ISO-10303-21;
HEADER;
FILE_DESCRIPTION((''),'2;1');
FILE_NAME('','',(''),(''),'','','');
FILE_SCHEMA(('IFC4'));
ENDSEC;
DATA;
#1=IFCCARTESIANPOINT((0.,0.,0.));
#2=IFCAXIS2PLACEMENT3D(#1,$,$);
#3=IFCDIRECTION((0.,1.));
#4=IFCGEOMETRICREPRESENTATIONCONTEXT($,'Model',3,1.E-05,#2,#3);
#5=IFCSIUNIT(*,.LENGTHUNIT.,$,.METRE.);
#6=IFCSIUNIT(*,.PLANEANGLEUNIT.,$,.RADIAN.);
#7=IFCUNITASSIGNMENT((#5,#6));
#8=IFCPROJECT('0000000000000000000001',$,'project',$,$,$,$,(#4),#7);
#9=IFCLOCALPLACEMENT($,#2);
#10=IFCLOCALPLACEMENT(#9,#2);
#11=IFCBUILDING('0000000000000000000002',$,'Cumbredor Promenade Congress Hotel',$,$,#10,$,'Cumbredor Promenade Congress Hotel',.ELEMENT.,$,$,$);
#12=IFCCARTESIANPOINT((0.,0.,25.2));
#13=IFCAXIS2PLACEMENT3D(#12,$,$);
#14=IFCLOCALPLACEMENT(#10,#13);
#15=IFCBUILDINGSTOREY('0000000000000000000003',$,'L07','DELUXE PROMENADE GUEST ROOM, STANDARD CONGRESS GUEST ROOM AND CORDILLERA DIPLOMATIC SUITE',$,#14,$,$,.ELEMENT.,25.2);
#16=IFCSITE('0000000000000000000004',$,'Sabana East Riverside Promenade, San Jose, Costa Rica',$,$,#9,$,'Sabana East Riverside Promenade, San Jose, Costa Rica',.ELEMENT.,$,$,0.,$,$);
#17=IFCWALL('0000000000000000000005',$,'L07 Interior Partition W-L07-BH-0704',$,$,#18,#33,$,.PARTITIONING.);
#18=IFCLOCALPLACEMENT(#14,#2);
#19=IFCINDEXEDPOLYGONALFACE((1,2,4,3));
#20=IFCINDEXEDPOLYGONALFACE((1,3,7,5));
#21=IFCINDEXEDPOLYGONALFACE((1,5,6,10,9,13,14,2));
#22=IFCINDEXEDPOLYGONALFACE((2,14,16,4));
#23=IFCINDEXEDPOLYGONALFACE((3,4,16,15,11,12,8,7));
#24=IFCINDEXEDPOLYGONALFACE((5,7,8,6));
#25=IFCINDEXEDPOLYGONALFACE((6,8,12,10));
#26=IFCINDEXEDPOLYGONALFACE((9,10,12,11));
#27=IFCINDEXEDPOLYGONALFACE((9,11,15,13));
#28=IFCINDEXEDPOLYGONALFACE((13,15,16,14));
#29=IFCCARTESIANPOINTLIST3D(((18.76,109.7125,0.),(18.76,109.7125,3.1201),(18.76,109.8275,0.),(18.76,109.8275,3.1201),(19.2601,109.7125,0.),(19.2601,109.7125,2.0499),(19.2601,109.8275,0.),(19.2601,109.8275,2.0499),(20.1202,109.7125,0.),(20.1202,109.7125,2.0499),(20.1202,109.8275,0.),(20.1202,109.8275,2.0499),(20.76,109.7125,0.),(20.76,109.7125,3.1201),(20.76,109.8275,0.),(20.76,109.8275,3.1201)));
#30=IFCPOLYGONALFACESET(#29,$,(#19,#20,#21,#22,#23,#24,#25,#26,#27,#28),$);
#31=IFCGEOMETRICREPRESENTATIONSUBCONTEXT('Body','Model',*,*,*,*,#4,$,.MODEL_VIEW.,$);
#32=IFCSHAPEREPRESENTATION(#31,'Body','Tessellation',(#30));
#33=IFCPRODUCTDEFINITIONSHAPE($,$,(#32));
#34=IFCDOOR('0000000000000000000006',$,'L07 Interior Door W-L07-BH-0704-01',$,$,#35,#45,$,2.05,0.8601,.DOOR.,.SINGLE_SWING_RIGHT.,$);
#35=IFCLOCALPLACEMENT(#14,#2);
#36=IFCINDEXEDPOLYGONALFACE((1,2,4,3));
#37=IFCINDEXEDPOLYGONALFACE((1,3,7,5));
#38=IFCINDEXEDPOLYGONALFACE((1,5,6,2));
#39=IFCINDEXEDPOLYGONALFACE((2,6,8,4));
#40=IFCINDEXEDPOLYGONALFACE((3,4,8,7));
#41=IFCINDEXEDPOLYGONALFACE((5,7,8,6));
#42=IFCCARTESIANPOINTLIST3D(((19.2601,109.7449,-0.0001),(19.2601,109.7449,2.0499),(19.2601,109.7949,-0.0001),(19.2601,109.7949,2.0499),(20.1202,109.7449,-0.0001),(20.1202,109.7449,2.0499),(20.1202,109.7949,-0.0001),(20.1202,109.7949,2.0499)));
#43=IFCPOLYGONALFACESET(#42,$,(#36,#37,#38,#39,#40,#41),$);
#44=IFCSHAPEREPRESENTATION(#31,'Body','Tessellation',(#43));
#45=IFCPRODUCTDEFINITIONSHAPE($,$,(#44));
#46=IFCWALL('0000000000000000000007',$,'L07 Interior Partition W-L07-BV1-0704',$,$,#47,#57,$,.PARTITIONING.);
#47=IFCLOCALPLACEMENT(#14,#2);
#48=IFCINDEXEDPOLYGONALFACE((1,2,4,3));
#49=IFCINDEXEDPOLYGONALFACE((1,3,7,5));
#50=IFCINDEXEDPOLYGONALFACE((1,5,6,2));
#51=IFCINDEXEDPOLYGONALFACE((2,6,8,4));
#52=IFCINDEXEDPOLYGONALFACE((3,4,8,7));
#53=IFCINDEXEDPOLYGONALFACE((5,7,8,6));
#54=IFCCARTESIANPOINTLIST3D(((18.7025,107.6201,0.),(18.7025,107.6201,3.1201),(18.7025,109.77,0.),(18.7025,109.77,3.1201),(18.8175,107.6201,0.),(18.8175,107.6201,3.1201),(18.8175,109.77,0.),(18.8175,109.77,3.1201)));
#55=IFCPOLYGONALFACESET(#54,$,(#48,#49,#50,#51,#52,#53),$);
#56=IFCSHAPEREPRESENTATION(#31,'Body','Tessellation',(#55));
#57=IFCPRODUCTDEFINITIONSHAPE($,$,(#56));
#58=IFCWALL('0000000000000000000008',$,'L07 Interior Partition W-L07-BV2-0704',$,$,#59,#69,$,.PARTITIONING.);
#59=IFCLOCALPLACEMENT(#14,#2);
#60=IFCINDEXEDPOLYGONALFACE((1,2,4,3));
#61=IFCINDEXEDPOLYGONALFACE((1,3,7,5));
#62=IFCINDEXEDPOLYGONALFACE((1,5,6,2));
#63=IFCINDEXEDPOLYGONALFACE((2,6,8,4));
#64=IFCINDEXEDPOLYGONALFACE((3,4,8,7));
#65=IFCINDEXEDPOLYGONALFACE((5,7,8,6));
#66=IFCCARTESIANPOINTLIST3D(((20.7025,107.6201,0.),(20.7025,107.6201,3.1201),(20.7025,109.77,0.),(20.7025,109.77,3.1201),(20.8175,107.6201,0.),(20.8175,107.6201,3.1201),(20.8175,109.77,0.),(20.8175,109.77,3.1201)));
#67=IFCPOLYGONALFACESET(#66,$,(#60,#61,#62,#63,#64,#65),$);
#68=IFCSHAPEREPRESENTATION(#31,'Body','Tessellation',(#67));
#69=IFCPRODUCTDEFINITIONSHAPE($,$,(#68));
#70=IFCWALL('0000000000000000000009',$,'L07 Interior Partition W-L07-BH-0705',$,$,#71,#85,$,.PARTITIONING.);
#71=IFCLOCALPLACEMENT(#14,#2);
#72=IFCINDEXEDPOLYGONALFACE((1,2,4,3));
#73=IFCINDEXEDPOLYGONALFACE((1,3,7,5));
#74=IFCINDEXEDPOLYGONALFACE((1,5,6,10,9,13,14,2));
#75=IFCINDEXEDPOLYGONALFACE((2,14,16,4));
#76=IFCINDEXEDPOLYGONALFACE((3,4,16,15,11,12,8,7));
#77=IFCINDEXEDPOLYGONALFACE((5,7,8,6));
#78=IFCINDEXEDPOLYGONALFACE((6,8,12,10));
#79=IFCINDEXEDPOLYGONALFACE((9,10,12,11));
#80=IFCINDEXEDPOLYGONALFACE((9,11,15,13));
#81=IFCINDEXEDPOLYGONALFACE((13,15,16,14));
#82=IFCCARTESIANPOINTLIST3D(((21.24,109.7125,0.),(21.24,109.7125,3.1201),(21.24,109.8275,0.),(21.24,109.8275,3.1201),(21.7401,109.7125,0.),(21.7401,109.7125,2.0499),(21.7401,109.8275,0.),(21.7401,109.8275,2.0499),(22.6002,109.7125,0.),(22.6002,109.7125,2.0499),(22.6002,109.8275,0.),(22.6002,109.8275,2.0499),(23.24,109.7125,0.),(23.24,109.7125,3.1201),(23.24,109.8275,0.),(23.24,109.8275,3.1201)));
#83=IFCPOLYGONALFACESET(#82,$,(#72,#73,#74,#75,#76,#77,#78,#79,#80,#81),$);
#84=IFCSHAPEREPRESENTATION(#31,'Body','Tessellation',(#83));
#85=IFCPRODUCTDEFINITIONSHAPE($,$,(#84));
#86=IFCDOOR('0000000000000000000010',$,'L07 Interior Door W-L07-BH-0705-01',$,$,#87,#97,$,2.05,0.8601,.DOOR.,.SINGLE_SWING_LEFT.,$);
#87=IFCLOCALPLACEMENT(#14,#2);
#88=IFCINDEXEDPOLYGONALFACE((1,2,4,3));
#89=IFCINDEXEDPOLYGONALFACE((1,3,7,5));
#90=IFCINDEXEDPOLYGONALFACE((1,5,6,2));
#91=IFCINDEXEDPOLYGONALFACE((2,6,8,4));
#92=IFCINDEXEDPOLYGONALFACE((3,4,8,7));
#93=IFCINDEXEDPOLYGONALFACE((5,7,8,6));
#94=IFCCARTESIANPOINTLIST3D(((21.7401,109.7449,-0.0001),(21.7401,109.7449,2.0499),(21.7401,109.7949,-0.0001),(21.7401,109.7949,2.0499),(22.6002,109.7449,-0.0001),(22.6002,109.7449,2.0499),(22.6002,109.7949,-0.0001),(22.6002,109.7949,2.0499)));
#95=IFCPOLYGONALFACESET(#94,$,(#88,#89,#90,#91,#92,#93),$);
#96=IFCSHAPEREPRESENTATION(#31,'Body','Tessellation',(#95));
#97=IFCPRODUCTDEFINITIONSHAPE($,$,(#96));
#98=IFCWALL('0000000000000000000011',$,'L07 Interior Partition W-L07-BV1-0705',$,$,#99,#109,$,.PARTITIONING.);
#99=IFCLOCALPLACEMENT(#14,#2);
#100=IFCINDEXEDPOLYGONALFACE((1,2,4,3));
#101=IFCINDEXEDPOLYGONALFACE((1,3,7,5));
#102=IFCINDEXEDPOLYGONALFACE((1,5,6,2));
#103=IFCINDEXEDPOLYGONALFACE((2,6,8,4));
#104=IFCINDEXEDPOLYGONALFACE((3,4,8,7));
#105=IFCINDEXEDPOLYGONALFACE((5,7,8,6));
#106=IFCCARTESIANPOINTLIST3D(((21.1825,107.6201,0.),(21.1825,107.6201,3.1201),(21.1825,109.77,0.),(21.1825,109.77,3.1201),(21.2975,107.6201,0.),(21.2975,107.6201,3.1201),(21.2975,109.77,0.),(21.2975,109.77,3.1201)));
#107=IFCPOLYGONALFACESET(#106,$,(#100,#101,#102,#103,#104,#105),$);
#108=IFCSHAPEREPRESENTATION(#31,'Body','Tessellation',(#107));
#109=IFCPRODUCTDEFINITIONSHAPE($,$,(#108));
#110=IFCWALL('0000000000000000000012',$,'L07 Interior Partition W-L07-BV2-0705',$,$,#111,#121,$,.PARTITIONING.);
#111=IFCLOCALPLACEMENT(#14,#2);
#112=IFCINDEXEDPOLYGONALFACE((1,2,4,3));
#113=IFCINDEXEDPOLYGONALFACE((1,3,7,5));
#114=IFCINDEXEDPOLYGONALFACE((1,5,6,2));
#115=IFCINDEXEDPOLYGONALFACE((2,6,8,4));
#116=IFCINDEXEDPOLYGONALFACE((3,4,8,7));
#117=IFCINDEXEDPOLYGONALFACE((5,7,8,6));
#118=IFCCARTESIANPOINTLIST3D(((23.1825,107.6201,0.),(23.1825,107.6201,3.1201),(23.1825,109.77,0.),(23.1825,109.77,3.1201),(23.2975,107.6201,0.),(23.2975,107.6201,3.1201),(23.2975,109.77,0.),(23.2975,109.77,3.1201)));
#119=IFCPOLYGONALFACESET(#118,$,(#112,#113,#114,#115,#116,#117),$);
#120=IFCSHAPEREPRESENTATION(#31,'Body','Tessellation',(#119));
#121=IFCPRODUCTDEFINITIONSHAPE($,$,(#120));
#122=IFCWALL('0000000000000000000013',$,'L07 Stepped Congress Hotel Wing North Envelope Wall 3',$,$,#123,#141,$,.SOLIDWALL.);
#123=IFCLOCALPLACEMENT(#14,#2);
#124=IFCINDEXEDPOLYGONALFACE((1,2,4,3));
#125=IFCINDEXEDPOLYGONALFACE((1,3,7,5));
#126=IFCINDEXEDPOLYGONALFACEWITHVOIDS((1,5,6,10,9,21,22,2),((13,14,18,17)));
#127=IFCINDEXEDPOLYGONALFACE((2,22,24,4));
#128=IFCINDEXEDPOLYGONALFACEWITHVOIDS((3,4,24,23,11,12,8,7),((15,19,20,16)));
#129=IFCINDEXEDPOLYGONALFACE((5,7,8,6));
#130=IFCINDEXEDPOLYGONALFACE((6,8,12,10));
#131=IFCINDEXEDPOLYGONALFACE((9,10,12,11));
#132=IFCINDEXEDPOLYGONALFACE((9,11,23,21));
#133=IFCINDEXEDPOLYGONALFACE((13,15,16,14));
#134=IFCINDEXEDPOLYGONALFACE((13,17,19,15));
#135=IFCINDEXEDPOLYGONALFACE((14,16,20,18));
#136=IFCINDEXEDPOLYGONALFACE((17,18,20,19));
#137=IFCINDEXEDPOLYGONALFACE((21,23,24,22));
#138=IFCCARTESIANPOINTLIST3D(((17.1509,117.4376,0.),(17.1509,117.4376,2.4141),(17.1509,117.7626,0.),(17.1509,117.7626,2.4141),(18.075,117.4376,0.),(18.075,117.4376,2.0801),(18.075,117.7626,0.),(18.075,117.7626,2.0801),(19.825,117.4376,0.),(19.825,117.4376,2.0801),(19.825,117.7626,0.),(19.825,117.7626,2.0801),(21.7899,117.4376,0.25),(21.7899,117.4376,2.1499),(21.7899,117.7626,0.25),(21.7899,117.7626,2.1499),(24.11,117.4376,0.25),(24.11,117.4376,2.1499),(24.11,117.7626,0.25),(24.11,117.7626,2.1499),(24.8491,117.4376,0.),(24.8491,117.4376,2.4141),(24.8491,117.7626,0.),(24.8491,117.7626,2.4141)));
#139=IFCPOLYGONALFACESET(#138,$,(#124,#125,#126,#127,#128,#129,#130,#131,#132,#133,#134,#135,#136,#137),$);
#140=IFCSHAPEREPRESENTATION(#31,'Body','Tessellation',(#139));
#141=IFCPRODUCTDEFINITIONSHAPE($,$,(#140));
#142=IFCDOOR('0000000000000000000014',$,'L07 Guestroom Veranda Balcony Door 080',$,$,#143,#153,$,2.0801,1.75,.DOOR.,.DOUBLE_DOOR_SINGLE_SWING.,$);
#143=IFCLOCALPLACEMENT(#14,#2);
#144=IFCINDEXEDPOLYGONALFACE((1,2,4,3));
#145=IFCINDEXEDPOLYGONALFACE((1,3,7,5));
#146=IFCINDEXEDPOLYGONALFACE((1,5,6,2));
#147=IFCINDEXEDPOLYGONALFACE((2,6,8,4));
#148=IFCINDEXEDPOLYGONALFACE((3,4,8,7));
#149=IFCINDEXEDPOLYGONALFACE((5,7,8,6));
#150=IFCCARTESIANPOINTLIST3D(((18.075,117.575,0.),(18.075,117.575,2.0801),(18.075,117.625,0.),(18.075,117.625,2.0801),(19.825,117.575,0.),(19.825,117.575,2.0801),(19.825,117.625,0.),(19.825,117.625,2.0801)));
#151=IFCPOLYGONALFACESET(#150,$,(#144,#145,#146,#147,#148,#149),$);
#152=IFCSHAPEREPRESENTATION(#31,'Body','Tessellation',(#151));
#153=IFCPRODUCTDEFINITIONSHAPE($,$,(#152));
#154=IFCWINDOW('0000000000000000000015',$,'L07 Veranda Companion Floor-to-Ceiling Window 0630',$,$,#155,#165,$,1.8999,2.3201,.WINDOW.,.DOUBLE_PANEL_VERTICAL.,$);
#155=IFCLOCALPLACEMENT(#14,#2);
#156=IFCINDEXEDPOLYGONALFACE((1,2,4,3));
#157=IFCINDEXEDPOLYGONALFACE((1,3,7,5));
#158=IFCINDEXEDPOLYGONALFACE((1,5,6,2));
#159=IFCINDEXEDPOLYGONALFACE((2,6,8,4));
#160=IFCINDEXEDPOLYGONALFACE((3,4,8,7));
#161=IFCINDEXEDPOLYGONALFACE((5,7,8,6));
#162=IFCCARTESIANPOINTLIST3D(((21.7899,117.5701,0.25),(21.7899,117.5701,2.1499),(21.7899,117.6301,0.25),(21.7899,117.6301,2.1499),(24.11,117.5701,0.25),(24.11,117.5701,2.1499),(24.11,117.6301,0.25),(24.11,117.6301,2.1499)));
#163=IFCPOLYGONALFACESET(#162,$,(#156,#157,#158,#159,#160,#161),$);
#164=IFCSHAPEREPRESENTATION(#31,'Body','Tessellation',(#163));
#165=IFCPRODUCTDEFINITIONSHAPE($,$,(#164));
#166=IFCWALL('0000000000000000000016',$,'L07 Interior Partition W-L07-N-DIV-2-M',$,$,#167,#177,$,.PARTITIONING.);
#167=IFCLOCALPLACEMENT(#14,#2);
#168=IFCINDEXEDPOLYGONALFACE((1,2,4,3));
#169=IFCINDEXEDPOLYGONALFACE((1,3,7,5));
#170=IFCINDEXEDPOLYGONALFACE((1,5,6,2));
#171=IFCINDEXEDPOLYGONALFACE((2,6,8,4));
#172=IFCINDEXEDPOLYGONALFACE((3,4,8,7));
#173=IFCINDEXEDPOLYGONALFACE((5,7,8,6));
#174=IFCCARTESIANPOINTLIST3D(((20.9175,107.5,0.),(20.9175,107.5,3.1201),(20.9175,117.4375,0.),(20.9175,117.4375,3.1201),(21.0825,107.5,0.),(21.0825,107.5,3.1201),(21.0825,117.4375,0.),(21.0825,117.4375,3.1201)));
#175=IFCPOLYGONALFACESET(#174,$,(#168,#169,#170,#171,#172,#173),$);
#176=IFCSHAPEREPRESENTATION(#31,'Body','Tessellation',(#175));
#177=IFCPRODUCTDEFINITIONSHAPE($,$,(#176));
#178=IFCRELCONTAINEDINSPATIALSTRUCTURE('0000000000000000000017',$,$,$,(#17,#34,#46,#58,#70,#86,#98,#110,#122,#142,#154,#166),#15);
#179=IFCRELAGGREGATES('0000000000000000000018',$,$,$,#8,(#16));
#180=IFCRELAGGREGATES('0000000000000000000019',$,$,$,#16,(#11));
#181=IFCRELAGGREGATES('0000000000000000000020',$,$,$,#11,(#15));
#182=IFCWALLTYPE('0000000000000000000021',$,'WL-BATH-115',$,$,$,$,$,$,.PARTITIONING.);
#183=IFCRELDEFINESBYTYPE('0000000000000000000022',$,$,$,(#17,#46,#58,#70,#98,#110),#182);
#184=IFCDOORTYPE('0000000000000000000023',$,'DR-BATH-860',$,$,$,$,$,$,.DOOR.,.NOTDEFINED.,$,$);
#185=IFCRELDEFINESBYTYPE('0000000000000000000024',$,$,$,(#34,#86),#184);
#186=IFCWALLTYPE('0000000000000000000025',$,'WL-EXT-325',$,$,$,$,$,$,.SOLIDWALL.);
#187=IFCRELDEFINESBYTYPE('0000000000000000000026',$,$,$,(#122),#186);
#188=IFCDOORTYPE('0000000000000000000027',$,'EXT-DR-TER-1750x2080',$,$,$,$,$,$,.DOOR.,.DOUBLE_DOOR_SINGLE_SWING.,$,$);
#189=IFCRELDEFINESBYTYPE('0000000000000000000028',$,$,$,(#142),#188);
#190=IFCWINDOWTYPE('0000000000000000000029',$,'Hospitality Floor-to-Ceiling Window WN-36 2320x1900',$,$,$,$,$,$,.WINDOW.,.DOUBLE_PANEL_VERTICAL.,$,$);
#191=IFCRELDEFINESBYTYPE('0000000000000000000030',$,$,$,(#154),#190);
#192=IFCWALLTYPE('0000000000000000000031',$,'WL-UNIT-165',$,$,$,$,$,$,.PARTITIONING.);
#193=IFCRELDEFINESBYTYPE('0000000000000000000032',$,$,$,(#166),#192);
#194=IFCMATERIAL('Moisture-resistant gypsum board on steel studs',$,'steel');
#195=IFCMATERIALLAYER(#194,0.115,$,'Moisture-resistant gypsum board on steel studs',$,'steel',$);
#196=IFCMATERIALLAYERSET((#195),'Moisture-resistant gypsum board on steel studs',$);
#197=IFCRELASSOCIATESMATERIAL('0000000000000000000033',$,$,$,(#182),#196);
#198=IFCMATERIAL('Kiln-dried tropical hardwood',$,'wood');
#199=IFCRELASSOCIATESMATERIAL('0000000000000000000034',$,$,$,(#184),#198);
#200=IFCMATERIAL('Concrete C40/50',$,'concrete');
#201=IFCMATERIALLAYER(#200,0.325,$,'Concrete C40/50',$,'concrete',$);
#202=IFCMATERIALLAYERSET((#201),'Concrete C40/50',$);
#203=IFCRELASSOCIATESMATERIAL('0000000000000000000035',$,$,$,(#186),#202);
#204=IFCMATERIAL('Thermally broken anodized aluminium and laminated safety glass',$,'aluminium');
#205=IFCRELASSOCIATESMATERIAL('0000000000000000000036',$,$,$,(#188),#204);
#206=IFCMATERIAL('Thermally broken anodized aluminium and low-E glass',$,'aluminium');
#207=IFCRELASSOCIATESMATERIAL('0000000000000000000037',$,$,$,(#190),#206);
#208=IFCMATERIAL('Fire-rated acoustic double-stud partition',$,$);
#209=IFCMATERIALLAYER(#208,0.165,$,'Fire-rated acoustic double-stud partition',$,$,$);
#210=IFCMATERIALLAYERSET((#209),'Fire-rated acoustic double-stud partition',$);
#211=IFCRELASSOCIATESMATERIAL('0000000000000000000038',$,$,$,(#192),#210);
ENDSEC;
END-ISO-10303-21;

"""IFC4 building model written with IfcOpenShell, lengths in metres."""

from ifc_helpers import new_model, si_unit, direction, frame, frame_2d, origin, place, context, subcontext, project, spatial, rectangle, extrude, material, layer, layer_set, type_object, element, fill, save


model = new_model("IFC4")

# Units and contexts
model_context = context("Model", 3, precision=1e-05, world=origin(), true_north=direction((0.0, 1.0)))
body_context = subcontext(model_context, "Body", "Model", "MODEL_VIEW")
ifc_project = project(units=[si_unit("LENGTHUNIT", "METRE"), si_unit("PLANEANGLEUNIT", "RADIAN")], contexts=[model_context])

# Site, building, storey
site_placement = place(None, origin())
site = spatial("IfcSite", under=ifc_project, at=site_placement, Name="Sabana East Riverside Promenade, San Jose, Costa Rica", LongName="Sabana East Riverside Promenade, San Jose, Costa Rica", CompositionType="ELEMENT", RefElevation=0.0)
building_placement = place(site_placement, origin())
building = spatial("IfcBuilding", under=site, at=building_placement, Name="Cumbredor Promenade Congress Hotel", LongName="Cumbredor Promenade Congress Hotel", CompositionType="ELEMENT")
storey_placement = place(building_placement, frame((0.0, 0.0, 25.2)))
storey = spatial("IfcBuildingStorey", under=building, at=storey_placement, Name="L07", Description="DELUXE PROMENADE GUEST ROOM, STANDARD CONGRESS GUEST ROOM AND CORDILLERA DIPLOMATIC SUITE", CompositionType="ELEMENT", Elevation=25.2)

# Shared definitions
ifc_material_1 = material(Name="Concrete C40/50", Category="concrete")

# Shared definitions
ifc_material_2 = material(Name="Thermally broken anodized aluminium and low-E glass", Category="aluminium")

# Shared definitions
ifc_material_3 = material(Name="Kiln-dried tropical hardwood", Category="wood")

# Wall, opening, door
ifc_material_4 = material(Name="Moisture-resistant gypsum board on steel studs", Category="steel")
ifc_layer_1 = layer(ifc_material_4, 0.115, Name="Moisture-resistant gypsum board on steel studs", Category="steel")
ifc_layer_set_1 = layer_set([ifc_layer_1], Name="Moisture-resistant gypsum board on steel studs")
wall_type_1 = type_object("IfcWallType", Name="WL-BATH-115", PredefinedType="PARTITIONING", material=ifc_layer_set_1)
wall_1_placement = place(storey_placement, frame((18.76, 109.77, 0.0), z_axis=(0.0, 0.0, 1.0), x_axis=(1.0, 0.0, 0.0)))
wall_1 = element("IfcWall", 1, at=wall_1_placement, inside=storey, type_object=wall_type_1, Name="L07 Interior Partition W-L07-BH-0704", PredefinedType="PARTITIONING", context=body_context, shape_type="SweptSolid", body=[
    extrude(rectangle(XDim=2.0, YDim=0.115, at=frame_2d((1.0, 0.0))), origin(), (0.0, 0.0, 1.0), 3.1201),
])
opening_1_placement = place(wall_1_placement, frame((0.5, 0.0, 0.0)))
opening_1 = element("IfcOpeningElement", 2, at=opening_1_placement, cuts=wall_1, PredefinedType="OPENING", context=body_context, shape_type="SweptSolid", body=[
    extrude(rectangle(XDim=0.8601, YDim=2.05, at=frame_2d((0.4302, 1.0249))), frame((0.0, 0.0674, 0.0), z_axis=(0.0, -1.0, 0.0), x_axis=(1.0, 0.0, 0.0)), (0.0, 0.0, 1.0), 0.135),
])
door_type_1 = type_object("IfcDoorType", Name="DR-BATH-860", OperationType="NOTDEFINED", PredefinedType="DOOR", material=ifc_material_3)
door_1_placement = place(opening_1_placement, origin())
door_1 = element("IfcDoor", 3, at=door_1_placement, inside=storey, type_object=door_type_1, Name="L07 Interior Door W-L07-BH-0704-01", OperationType="SINGLE_SWING_RIGHT", OverallHeight=2.05, OverallWidth=0.8601, PredefinedType="DOOR", context=body_context, shape_type="SweptSolid", body=[
    extrude(rectangle(XDim=0.8601, YDim=2.05, at=frame_2d((0.4302, 1.0249))), frame((0.0, 0.0249, 0.0), z_axis=(0.0, -1.0, 0.0), x_axis=(1.0, 0.0, 0.0)), (0.0, 0.0, 1.0), 0.05),
])
fill(opening_1, door_1)

# Walls
for number, where, z_axis, x_axis, name in (
    (4, (18.76, 107.6201, 0.0), (0.0, 0.0, 1.0), (0.0, 1.0, 0.0), "L07 Interior Partition W-L07-BV1-0704"),
    (5, (20.76, 107.6201, 0.0), (0.0, 0.0, 1.0), (0.0, 1.0, 0.0), "L07 Interior Partition W-L07-BV2-0704"),
):
    element("IfcWall", number, at=place(storey_placement, frame(where, z_axis=z_axis, x_axis=x_axis)), inside=storey, type_object=wall_type_1, Name=name, PredefinedType="PARTITIONING", context=body_context, shape_type="SweptSolid", body=[
        extrude(rectangle(XDim=2.1499, YDim=0.115, at=frame_2d((1.075, 0.0))), origin(), (0.0, 0.0, 1.0), 3.1201),
    ])

# Wall, opening, door
wall_2_placement = place(storey_placement, frame((21.24, 109.77, 0.0), z_axis=(0.0, 0.0, 1.0), x_axis=(1.0, 0.0, 0.0)))
wall_2 = element("IfcWall", 6, at=wall_2_placement, inside=storey, type_object=wall_type_1, Name="L07 Interior Partition W-L07-BH-0705", PredefinedType="PARTITIONING", context=body_context, shape_type="SweptSolid", body=[
    extrude(rectangle(XDim=2.0, YDim=0.115, at=frame_2d((1.0, 0.0))), origin(), (0.0, 0.0, 1.0), 3.1201),
])
opening_2_placement = place(wall_2_placement, frame((0.5, 0.0, 0.0)))
opening_2 = element("IfcOpeningElement", 7, at=opening_2_placement, cuts=wall_2, PredefinedType="OPENING", context=body_context, shape_type="SweptSolid", body=[
    extrude(rectangle(XDim=0.8601, YDim=2.05, at=frame_2d((0.4302, 1.0249))), frame((0.0, 0.0674, 0.0), z_axis=(0.0, -1.0, 0.0), x_axis=(1.0, 0.0, 0.0)), (0.0, 0.0, 1.0), 0.135),
])
door_2_placement = place(opening_2_placement, origin())
door_2 = element("IfcDoor", 8, at=door_2_placement, inside=storey, type_object=door_type_1, Name="L07 Interior Door W-L07-BH-0705-01", OperationType="SINGLE_SWING_LEFT", OverallHeight=2.05, OverallWidth=0.8601, PredefinedType="DOOR", context=body_context, shape_type="SweptSolid", body=[
    extrude(rectangle(XDim=0.8601, YDim=2.05, at=frame_2d((0.4302, 1.0249))), frame((0.0, 0.0249, 0.0), z_axis=(0.0, -1.0, 0.0), x_axis=(1.0, 0.0, 0.0)), (0.0, 0.0, 1.0), 0.05),
])
fill(opening_2, door_2)

# Walls
for number, where, z_axis, x_axis, name in (
    (9, (21.24, 107.6201, 0.0), (0.0, 0.0, 1.0), (0.0, 1.0, 0.0), "L07 Interior Partition W-L07-BV1-0705"),
    (10, (23.24, 107.6201, 0.0), (0.0, 0.0, 1.0), (0.0, 1.0, 0.0), "L07 Interior Partition W-L07-BV2-0705"),
):
    element("IfcWall", number, at=place(storey_placement, frame(where, z_axis=z_axis, x_axis=x_axis)), inside=storey, type_object=wall_type_1, Name=name, PredefinedType="PARTITIONING", context=body_context, shape_type="SweptSolid", body=[
        extrude(rectangle(XDim=2.1499, YDim=0.115, at=frame_2d((1.075, 0.0))), origin(), (0.0, 0.0, 1.0), 3.1201),
    ])

# Wall, openings, door, window
ifc_layer_2 = layer(ifc_material_1, 0.325, Name="Concrete C40/50", Category="concrete")
ifc_layer_set_2 = layer_set([ifc_layer_2], Name="Concrete C40/50")
wall_type_2 = type_object("IfcWallType", Name="WL-EXT-325", PredefinedType="SOLIDWALL", material=ifc_layer_set_2)
wall_3_placement = place(storey_placement, frame((17.1509, 117.6001, 0.0), z_axis=(0.0, 0.0, 1.0), x_axis=(1.0, 0.0, 0.0)))
wall_3 = element("IfcWall", 11, at=wall_3_placement, inside=storey, type_object=wall_type_2, Name="L07 Stepped Congress Hotel Wing North Envelope Wall 3", PredefinedType="SOLIDWALL", context=body_context, shape_type="SweptSolid", body=[
    extrude(rectangle(XDim=7.6982, YDim=0.325, at=frame_2d((3.8491, 0.0))), origin(), (0.0, 0.0, 1.0), 2.4141),
])
opening_3_placement = place(wall_3_placement, frame((0.9241, 0.0, 0.0)))
opening_3 = element("IfcOpeningElement", 12, at=opening_3_placement, cuts=wall_3, PredefinedType="OPENING", context=body_context, shape_type="SweptSolid", body=[
    extrude(rectangle(XDim=1.75, YDim=2.0801, at=frame_2d((0.875, 1.04))), frame((0.0, 0.1724, 0.0), z_axis=(0.0, -1.0, 0.0), x_axis=(1.0, 0.0, 0.0)), (0.0, 0.0, 1.0), 0.345),
])
opening_4_placement = place(wall_3_placement, frame((4.6389, 0.0, 0.25)))
opening_4 = element("IfcOpeningElement", 13, at=opening_4_placement, cuts=wall_3, PredefinedType="OPENING", context=body_context, shape_type="SweptSolid", body=[
    extrude(rectangle(XDim=2.3201, YDim=1.8999, at=frame_2d((1.1602, 0.95))), frame((0.0, 0.1724, 0.0), z_axis=(0.0, -1.0, 0.0), x_axis=(1.0, 0.0, 0.0)), (0.0, 0.0, 1.0), 0.345),
])
ifc_material_5 = material(Name="Thermally broken anodized aluminium and laminated safety glass", Category="aluminium")
door_type_2 = type_object("IfcDoorType", Name="EXT-DR-TER-1750x2080", OperationType="DOUBLE_DOOR_SINGLE_SWING", PredefinedType="DOOR", material=ifc_material_5)
door_3_placement = place(opening_3_placement, origin())
door_3 = element("IfcDoor", 14, at=door_3_placement, inside=storey, type_object=door_type_2, Name="L07 Guestroom Veranda Balcony Door 080", OperationType="DOUBLE_DOOR_SINGLE_SWING", OverallHeight=2.0801, OverallWidth=1.75, PredefinedType="DOOR", context=body_context, shape_type="SweptSolid", body=[
    extrude(rectangle(XDim=1.75, YDim=2.0801, at=frame_2d((0.875, 1.04))), frame((0.0, 0.0249, 0.0), z_axis=(0.0, -1.0, 0.0), x_axis=(1.0, 0.0, 0.0)), (0.0, 0.0, 1.0), 0.05),
])
fill(opening_3, door_3)
window_type = type_object("IfcWindowType", Name="Hospitality Floor-to-Ceiling Window WN-36 2320x1900", PartitioningType="DOUBLE_PANEL_VERTICAL", PredefinedType="WINDOW", material=ifc_material_2)
window_placement = place(opening_4_placement, origin())
window = element("IfcWindow", 15, at=window_placement, inside=storey, type_object=window_type, Name="L07 Veranda Companion Floor-to-Ceiling Window 0630", OverallHeight=1.8999, OverallWidth=2.3201, PartitioningType="DOUBLE_PANEL_VERTICAL", PredefinedType="WINDOW", context=body_context, shape_type="SweptSolid", body=[
    extrude(rectangle(XDim=2.3201, YDim=1.8999, at=frame_2d((1.1602, 0.95))), frame((0.0, 0.03, 0.0), z_axis=(0.0, -1.0, 0.0), x_axis=(1.0, 0.0, 0.0)), (0.0, 0.0, 1.0), 0.0601),
])
fill(opening_4, window)

# Wall
ifc_material_6 = material(Name="Fire-rated acoustic double-stud partition")
ifc_layer_3 = layer(ifc_material_6, 0.165, Name="Fire-rated acoustic double-stud partition")
ifc_layer_set_3 = layer_set([ifc_layer_3], Name="Fire-rated acoustic double-stud partition")
wall_type_3 = type_object("IfcWallType", Name="WL-UNIT-165", PredefinedType="PARTITIONING", material=ifc_layer_set_3)
wall_4_placement = place(storey_placement, frame((21.0, 107.5, 0.0), z_axis=(0.0, 0.0, 1.0), x_axis=(0.0, 1.0, 0.0)))
element("IfcWall", 16, at=wall_4_placement, inside=storey, type_object=wall_type_3, Name="L07 Interior Partition W-L07-N-DIV-2-M", PredefinedType="PARTITIONING", context=body_context, shape_type="SweptSolid", body=[
    extrude(rectangle(XDim=9.9375, YDim=0.165, at=frame_2d((4.9688, 0.0))), origin(), (0.0, 0.0, 1.0), 3.1201),
])

save(model, "model.ifc")
